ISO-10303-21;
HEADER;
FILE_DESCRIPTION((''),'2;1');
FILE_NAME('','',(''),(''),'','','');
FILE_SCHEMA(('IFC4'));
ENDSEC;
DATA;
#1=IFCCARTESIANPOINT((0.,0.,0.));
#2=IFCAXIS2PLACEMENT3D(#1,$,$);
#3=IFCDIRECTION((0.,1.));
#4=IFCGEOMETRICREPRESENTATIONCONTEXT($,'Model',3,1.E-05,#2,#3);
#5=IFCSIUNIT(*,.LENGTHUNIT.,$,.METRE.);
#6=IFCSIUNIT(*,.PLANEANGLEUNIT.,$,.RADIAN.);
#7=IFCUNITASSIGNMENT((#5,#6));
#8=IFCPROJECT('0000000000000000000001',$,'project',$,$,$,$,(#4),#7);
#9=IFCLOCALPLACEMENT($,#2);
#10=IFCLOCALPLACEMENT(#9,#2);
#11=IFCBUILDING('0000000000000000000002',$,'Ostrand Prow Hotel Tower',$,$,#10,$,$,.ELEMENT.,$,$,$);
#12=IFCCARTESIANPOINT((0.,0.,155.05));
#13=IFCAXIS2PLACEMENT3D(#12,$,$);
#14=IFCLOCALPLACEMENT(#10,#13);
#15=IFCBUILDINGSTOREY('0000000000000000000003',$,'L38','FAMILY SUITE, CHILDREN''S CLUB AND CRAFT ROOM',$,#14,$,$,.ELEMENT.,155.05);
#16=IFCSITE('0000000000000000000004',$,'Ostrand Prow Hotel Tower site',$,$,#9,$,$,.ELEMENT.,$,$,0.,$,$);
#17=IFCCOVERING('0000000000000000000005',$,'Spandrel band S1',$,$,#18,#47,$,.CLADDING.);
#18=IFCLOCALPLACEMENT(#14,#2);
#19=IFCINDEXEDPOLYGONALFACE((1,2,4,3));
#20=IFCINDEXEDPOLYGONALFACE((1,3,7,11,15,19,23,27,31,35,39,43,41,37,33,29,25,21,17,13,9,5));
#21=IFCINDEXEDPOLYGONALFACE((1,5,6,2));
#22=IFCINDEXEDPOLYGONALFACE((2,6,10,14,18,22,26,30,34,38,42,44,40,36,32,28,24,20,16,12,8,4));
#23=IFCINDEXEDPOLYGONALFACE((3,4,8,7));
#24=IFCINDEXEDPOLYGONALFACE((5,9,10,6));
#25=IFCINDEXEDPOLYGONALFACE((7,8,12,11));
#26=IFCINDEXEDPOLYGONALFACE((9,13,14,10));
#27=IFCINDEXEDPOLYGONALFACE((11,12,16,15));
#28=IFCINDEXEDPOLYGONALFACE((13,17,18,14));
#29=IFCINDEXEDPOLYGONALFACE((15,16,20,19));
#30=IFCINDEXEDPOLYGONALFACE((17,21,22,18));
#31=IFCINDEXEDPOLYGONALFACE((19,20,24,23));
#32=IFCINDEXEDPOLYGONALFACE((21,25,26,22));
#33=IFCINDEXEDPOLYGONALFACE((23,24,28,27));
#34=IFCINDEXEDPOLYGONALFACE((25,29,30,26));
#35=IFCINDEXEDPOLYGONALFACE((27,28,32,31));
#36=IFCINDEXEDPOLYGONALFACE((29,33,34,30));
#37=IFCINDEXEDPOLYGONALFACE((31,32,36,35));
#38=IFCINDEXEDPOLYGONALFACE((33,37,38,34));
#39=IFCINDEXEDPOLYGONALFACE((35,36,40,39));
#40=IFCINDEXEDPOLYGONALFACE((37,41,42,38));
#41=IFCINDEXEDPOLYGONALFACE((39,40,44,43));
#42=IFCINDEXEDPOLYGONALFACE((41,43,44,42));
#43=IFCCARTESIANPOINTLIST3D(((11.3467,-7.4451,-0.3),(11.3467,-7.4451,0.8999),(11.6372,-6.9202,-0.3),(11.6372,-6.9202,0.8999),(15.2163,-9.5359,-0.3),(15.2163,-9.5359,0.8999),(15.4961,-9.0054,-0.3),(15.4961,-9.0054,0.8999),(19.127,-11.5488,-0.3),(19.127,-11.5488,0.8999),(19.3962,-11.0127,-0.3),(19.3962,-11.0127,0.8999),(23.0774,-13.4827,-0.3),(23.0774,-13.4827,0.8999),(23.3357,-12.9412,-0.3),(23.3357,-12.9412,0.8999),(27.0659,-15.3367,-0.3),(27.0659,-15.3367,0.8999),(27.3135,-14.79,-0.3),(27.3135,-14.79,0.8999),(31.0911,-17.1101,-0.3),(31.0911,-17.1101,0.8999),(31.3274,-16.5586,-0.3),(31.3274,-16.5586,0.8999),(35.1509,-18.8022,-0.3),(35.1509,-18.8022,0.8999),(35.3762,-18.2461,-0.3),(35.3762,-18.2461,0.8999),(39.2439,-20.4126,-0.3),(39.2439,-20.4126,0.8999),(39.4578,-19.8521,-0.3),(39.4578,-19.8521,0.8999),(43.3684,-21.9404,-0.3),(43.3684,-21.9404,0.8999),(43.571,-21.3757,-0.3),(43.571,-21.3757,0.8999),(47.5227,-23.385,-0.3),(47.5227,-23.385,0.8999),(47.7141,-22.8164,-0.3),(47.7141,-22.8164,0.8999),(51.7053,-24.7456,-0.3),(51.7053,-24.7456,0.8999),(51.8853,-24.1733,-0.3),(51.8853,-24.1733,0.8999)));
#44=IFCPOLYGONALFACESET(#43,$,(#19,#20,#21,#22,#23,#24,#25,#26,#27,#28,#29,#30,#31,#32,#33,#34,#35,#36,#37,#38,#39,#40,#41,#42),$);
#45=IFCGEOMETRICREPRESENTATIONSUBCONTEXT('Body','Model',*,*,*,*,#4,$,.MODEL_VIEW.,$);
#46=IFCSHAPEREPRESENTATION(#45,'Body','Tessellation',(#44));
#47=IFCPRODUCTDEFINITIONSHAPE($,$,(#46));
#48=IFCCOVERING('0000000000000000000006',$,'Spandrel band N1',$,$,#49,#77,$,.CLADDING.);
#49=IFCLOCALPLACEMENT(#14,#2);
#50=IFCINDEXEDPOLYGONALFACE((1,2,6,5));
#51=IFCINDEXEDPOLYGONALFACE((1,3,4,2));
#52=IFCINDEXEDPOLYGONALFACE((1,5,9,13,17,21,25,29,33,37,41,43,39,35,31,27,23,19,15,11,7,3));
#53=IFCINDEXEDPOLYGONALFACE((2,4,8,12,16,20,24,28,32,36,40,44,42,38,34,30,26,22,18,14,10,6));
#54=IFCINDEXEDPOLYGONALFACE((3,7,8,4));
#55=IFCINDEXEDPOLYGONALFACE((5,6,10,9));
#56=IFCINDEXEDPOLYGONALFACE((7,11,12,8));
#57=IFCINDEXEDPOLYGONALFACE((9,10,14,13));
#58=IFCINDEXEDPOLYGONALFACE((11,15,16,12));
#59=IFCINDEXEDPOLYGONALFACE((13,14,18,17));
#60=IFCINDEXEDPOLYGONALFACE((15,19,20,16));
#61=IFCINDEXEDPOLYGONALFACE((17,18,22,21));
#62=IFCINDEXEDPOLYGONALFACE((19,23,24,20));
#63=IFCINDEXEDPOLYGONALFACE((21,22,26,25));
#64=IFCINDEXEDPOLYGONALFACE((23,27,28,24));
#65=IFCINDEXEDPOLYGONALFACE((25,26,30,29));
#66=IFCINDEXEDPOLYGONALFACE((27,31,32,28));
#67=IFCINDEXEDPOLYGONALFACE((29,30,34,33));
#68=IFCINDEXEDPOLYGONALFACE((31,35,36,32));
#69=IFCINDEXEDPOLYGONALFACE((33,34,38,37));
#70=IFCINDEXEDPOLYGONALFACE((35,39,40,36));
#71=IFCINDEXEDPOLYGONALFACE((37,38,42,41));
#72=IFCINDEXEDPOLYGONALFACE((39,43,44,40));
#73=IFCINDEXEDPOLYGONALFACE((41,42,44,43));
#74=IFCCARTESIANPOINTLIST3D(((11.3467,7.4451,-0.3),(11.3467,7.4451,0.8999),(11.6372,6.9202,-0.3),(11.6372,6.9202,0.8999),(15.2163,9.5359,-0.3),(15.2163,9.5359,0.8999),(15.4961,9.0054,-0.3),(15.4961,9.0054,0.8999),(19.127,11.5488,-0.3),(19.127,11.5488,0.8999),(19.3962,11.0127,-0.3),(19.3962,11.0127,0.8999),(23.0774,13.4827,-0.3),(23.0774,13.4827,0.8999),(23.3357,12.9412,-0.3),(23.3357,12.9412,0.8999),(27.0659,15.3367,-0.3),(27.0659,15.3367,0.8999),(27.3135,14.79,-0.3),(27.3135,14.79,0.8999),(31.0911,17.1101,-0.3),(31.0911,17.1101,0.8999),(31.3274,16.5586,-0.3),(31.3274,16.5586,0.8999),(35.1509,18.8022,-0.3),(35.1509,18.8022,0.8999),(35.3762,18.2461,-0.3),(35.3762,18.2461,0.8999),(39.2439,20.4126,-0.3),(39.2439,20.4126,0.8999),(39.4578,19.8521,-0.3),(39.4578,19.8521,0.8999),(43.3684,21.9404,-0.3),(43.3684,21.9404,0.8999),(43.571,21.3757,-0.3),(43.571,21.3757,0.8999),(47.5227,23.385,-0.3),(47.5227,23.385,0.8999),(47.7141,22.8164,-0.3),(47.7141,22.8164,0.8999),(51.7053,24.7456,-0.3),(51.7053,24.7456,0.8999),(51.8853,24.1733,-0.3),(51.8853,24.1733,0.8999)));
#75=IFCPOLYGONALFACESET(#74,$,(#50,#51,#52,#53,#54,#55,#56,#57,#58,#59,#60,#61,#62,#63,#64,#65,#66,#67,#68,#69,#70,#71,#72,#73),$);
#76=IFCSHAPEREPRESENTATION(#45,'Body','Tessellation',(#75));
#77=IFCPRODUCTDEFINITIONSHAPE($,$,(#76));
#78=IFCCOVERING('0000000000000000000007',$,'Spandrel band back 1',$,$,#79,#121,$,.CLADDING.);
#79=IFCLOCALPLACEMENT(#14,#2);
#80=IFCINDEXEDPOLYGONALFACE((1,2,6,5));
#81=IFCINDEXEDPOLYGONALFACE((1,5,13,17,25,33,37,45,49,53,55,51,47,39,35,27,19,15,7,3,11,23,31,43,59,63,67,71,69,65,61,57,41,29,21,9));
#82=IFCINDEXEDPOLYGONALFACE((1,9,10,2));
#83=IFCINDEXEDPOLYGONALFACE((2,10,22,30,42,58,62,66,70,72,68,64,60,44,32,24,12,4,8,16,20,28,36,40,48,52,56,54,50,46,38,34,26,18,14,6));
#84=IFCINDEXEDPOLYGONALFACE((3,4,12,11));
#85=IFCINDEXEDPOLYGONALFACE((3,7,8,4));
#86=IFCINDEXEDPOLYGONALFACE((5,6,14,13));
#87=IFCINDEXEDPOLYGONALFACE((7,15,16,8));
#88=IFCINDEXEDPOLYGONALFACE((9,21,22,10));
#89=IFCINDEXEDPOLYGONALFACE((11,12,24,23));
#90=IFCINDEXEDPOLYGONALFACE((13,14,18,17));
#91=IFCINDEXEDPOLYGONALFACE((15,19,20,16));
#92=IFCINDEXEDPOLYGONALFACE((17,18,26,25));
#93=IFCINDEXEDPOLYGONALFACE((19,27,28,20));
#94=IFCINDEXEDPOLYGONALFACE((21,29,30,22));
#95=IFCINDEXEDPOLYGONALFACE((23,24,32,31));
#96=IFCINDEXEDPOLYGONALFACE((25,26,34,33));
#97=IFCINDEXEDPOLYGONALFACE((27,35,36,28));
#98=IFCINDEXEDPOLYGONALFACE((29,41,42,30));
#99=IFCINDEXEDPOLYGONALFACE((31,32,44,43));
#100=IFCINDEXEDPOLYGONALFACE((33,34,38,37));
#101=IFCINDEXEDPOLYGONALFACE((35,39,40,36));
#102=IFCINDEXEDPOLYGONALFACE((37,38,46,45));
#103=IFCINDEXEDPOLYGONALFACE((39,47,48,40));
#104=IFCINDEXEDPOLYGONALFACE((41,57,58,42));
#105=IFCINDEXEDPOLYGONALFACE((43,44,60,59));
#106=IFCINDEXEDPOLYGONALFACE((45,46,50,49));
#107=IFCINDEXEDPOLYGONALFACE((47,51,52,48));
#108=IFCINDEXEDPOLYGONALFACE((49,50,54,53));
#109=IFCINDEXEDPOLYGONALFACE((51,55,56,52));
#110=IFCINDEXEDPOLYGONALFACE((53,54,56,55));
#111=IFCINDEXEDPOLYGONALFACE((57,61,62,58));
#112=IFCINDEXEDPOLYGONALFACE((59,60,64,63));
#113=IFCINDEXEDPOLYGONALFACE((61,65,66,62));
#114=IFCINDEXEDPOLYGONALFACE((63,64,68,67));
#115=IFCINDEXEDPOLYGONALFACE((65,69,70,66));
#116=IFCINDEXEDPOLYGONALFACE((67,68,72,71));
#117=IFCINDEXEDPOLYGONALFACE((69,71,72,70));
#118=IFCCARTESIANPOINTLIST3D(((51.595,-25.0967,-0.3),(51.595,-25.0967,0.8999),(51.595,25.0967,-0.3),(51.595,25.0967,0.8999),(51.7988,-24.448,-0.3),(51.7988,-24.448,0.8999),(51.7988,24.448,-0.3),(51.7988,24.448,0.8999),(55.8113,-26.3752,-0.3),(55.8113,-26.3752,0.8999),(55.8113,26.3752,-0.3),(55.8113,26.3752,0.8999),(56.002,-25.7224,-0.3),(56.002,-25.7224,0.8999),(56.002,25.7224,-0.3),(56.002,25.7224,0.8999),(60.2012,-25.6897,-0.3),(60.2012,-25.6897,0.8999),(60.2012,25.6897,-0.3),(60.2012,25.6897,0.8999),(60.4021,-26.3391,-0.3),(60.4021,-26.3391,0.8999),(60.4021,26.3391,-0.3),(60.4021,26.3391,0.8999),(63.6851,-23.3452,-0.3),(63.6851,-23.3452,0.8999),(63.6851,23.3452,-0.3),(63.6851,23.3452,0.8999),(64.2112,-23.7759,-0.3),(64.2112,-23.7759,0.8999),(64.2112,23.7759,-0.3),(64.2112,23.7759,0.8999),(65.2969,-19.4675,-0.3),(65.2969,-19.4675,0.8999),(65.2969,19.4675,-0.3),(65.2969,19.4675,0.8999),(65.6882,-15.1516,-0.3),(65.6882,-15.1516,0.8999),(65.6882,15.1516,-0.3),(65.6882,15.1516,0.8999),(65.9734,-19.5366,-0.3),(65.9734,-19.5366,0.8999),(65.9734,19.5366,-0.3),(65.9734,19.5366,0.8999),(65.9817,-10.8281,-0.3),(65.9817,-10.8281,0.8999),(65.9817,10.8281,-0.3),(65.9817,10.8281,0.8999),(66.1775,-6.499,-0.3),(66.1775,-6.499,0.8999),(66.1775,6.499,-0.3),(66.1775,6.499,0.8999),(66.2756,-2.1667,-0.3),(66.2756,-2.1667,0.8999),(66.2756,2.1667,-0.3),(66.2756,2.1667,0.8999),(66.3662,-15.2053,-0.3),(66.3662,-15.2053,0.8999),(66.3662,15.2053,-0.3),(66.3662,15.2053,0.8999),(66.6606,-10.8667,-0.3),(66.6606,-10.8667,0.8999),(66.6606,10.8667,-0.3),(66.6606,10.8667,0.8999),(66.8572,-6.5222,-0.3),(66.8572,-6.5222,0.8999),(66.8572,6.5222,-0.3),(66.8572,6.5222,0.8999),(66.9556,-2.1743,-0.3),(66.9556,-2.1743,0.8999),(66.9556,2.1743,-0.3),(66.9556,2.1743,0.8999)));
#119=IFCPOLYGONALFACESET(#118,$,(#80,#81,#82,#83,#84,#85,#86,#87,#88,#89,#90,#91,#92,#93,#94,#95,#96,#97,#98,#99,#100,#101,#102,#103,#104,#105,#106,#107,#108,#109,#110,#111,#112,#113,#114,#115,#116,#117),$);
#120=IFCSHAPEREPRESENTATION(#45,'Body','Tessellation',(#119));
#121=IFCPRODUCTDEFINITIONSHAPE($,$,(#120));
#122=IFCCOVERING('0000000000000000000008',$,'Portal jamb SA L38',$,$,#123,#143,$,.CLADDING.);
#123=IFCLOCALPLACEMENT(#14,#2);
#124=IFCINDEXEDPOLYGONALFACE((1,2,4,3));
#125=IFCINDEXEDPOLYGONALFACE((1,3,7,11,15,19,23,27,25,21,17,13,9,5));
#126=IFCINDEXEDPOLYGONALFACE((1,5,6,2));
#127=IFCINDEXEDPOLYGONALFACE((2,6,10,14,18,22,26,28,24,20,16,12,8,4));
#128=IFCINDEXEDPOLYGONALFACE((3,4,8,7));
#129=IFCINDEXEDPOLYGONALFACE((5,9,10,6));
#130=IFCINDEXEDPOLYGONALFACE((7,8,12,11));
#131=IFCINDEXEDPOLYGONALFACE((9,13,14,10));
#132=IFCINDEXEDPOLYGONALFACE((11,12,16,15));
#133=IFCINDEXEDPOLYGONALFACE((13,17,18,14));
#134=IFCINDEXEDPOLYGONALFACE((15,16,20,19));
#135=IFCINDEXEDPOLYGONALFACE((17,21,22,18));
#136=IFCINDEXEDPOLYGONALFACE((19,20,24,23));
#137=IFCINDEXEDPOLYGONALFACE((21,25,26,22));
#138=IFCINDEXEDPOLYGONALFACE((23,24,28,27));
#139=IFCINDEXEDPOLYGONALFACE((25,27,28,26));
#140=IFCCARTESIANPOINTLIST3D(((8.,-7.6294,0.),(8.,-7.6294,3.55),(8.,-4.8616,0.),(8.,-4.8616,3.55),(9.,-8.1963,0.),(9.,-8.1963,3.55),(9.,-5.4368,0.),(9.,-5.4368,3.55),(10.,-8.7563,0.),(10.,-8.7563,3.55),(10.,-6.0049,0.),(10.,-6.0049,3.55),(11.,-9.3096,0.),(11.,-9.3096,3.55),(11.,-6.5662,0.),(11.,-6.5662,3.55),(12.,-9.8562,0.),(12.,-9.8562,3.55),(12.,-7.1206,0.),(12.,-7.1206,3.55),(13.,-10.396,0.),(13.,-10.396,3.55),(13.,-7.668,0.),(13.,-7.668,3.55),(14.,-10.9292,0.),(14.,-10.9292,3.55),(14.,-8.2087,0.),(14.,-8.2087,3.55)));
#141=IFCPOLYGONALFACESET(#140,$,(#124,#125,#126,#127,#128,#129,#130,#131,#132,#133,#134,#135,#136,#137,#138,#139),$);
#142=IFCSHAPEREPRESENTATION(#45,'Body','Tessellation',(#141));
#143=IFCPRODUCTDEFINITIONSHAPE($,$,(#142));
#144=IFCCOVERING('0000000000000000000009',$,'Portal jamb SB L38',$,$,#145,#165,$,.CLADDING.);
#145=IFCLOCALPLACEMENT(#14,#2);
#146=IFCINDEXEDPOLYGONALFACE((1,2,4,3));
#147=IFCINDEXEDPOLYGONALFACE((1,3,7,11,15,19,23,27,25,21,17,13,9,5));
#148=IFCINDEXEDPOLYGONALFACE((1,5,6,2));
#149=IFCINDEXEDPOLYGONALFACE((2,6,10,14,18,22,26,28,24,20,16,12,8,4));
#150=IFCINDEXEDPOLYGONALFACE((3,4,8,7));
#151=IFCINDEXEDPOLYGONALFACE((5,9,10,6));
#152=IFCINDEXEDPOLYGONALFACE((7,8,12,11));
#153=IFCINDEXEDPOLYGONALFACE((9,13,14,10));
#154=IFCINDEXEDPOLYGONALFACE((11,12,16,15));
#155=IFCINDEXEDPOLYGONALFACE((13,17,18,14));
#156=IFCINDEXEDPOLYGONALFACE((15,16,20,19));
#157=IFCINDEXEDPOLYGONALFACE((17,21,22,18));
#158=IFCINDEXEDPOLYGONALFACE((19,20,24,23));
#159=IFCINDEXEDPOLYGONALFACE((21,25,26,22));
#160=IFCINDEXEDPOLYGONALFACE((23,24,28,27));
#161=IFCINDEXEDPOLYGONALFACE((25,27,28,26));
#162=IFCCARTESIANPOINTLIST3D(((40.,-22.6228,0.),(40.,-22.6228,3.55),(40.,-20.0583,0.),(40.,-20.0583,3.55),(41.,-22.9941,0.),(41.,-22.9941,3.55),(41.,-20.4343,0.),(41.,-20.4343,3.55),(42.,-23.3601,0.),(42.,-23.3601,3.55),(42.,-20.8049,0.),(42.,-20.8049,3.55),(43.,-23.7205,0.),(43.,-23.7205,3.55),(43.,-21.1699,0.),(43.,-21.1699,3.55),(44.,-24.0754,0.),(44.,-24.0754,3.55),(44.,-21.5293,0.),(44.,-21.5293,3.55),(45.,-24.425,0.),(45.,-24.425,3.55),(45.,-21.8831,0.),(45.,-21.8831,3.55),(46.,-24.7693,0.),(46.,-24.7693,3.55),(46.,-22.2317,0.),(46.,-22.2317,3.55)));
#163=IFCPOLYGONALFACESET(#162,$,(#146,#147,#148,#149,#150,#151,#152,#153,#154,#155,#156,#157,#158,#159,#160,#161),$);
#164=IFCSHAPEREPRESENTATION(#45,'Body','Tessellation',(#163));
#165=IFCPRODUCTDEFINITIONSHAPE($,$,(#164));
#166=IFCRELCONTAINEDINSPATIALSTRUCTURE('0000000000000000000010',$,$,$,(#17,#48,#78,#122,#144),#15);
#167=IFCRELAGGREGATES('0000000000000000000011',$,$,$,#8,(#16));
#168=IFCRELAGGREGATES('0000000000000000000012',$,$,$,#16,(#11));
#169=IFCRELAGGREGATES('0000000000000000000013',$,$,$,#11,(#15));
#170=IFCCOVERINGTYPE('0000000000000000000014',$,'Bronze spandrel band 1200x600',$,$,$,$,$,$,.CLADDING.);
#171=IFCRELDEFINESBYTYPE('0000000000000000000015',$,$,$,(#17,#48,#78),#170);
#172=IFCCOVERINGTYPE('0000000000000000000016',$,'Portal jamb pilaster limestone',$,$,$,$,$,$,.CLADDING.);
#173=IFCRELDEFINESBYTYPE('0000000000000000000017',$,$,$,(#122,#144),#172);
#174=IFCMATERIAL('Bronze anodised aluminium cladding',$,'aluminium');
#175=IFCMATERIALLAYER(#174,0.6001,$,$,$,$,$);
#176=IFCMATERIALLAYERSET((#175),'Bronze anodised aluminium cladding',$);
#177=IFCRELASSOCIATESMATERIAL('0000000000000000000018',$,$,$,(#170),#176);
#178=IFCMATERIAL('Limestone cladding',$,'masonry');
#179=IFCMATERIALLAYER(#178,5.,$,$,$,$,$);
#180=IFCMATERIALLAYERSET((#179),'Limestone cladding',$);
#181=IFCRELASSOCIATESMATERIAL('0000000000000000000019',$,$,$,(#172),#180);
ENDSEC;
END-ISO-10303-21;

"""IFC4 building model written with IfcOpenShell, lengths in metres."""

from ifc_helpers import new_model, si_unit, direction, frame, origin, place, context, subcontext, project, spatial, polyline, outline, extrude, material, layer, layer_set, type_object, element, save


model = new_model("IFC4")

# Units and contexts
model_context = context("Model", 3, precision=1e-05, world=origin(), true_north=direction((0.0, 1.0)))
body_context = subcontext(model_context, "Body", "Model", "MODEL_VIEW")
ifc_project = project(units=[si_unit("LENGTHUNIT", "METRE"), si_unit("PLANEANGLEUNIT", "RADIAN")], contexts=[model_context])

# Site, building, storey
site_placement = place(None, origin())
site = spatial("IfcSite", under=ifc_project, at=site_placement, Name="Ostrand Prow Hotel Tower site", CompositionType="ELEMENT", RefElevation=0.0)
building_placement = place(site_placement, origin())
building = spatial("IfcBuilding", under=site, at=building_placement, Name="Ostrand Prow Hotel Tower", CompositionType="ELEMENT")
storey_placement = place(building_placement, frame((0.0, 0.0, 155.05)))
storey = spatial("IfcBuildingStorey", under=building, at=storey_placement, Name="L38", Description="FAMILY SUITE, CHILDREN'S CLUB AND CRAFT ROOM", CompositionType="ELEMENT", Elevation=155.05)

# Coverings
ifc_material_1 = material(Name="Bronze anodised aluminium cladding", Category="aluminium")
ifc_layer_1 = layer(ifc_material_1, 0.6001)
ifc_layer_set_1 = layer_set([ifc_layer_1], Name="Bronze anodised aluminium cladding")
covering_type_1 = type_object("IfcCoveringType", Name="Bronze spandrel band 1200x600", PredefinedType="CLADDING", material=ifc_layer_set_1)
covering_1_placement = place(storey_placement, frame((0.0, 0.0, -0.3)))
element("IfcCovering", 1, at=covering_1_placement, inside=storey, type_object=covering_type_1, Name="Spandrel band S1", PredefinedType="CLADDING", context=body_context, shape_type="SweptSolid", body=[
    extrude(outline(polyline([(11.3467, -7.4451), (15.2163, -9.5359), (19.127, -11.5488), (23.0774, -13.4827), (27.0659, -15.3367), (31.0911, -17.1101), (35.1509, -18.8022), (39.2439, -20.4126), (43.3684, -21.9404), (47.5227, -23.385), (51.7053, -24.7456), (51.8853, -24.1733), (47.7141, -22.8164), (43.571, -21.3757), (39.4578, -19.8521), (35.3762, -18.2461), (31.3274, -16.5586), (27.3135, -14.79), (23.3357, -12.9412), (19.3962, -11.0127), (15.4961, -9.0054), (11.6372, -6.9202), (11.3467, -7.4451)])), origin(), (0.0, 0.0, 1.0), 1.2),
])
covering_2_placement = place(storey_placement, frame((0.0, 0.0, -0.3)))
element("IfcCovering", 2, at=covering_2_placement, inside=storey, type_object=covering_type_1, Name="Spandrel band N1", PredefinedType="CLADDING", context=body_context, shape_type="SweptSolid", body=[
    extrude(outline(polyline([(51.7053, 24.7456), (47.5227, 23.385), (43.3684, 21.9404), (39.2439, 20.4126), (35.1509, 18.8022), (31.0911, 17.1101), (27.0659, 15.3367), (23.0774, 13.4827), (19.127, 11.5488), (15.2163, 9.5359), (11.3467, 7.4451), (11.6372, 6.9202), (15.4961, 9.0054), (19.3962, 11.0127), (23.3357, 12.9412), (27.3135, 14.79), (31.3274, 16.5586), (35.3762, 18.2461), (39.4578, 19.8521), (43.571, 21.3757), (47.7141, 22.8164), (51.8853, 24.1733), (51.7053, 24.7456)])), origin(), (0.0, 0.0, 1.0), 1.2),
])
covering_3_placement = place(storey_placement, frame((0.0, 0.0, -0.3)))
element("IfcCovering", 3, at=covering_3_placement, inside=storey, type_object=covering_type_1, Name="Spandrel band back 1", PredefinedType="CLADDING", context=body_context, shape_type="SweptSolid", body=[
    extrude(outline(polyline([(51.595, -25.0967), (55.8113, -26.3752), (60.4021, -26.3391), (64.2112, -23.7759), (65.9734, -19.5366), (66.3662, -15.2053), (66.6606, -10.8667), (66.8572, -6.5222), (66.9556, -2.1743), (66.9556, 2.1743), (66.8572, 6.5222), (66.6606, 10.8667), (66.3662, 15.2053), (65.9734, 19.5366), (64.2112, 23.7759), (60.4021, 26.3391), (55.8113, 26.3752), (51.595, 25.0967), (51.7988, 24.448), (56.002, 25.7224), (60.2012, 25.6897), (63.6851, 23.3452), (65.2969, 19.4675), (65.6882, 15.1516), (65.9817, 10.8281), (66.1775, 6.499), (66.2756, 2.1667), (66.2756, -2.1667), (66.1775, -6.499), (65.9817, -10.8281), (65.6882, -15.1516), (65.2969, -19.4675), (63.6851, -23.3452), (60.2012, -25.6897), (56.002, -25.7224), (51.7988, -24.448), (51.595, -25.0967)])), origin(), (0.0, 0.0, 1.0), 1.2),
])
ifc_material_2 = material(Name="Limestone cladding", Category="masonry")
ifc_layer_2 = layer(ifc_material_2, 5.0)
ifc_layer_set_2 = layer_set([ifc_layer_2], Name="Limestone cladding")
covering_type_2 = type_object("IfcCoveringType", Name="Portal jamb pilaster limestone", PredefinedType="CLADDING", material=ifc_layer_set_2)
covering_4_placement = place(storey_placement, origin())
element("IfcCovering", 4, at=covering_4_placement, inside=storey, type_object=covering_type_2, Name="Portal jamb SA L38", PredefinedType="CLADDING", context=body_context, shape_type="SweptSolid", body=[
    extrude(outline(polyline([(8.0, -4.8616), (8.0, -7.6294), (9.0, -8.1963), (10.0, -8.7563), (11.0, -9.3096), (12.0, -9.8562), (13.0, -10.396), (14.0, -10.9292), (14.0, -8.2087), (13.0, -7.668), (12.0, -7.1206), (11.0, -6.5662), (10.0, -6.0049), (9.0, -5.4368), (8.0, -4.8616)])), origin(), (0.0, 0.0, 1.0), 3.55),
])
covering_5_placement = place(storey_placement, origin())
element("IfcCovering", 5, at=covering_5_placement, inside=storey, type_object=covering_type_2, Name="Portal jamb SB L38", PredefinedType="CLADDING", context=body_context, shape_type="SweptSolid", body=[
    extrude(outline(polyline([(40.0, -20.0583), (40.0, -22.6228), (41.0, -22.9941), (42.0, -23.3601), (43.0, -23.7205), (44.0, -24.0754), (45.0, -24.425), (46.0, -24.7693), (46.0, -22.2317), (45.0, -21.8831), (44.0, -21.5293), (43.0, -21.1699), (42.0, -20.8049), (41.0, -20.4343), (40.0, -20.0583)])), origin(), (0.0, 0.0, 1.0), 3.55),
])

save(model, "model.ifc")
